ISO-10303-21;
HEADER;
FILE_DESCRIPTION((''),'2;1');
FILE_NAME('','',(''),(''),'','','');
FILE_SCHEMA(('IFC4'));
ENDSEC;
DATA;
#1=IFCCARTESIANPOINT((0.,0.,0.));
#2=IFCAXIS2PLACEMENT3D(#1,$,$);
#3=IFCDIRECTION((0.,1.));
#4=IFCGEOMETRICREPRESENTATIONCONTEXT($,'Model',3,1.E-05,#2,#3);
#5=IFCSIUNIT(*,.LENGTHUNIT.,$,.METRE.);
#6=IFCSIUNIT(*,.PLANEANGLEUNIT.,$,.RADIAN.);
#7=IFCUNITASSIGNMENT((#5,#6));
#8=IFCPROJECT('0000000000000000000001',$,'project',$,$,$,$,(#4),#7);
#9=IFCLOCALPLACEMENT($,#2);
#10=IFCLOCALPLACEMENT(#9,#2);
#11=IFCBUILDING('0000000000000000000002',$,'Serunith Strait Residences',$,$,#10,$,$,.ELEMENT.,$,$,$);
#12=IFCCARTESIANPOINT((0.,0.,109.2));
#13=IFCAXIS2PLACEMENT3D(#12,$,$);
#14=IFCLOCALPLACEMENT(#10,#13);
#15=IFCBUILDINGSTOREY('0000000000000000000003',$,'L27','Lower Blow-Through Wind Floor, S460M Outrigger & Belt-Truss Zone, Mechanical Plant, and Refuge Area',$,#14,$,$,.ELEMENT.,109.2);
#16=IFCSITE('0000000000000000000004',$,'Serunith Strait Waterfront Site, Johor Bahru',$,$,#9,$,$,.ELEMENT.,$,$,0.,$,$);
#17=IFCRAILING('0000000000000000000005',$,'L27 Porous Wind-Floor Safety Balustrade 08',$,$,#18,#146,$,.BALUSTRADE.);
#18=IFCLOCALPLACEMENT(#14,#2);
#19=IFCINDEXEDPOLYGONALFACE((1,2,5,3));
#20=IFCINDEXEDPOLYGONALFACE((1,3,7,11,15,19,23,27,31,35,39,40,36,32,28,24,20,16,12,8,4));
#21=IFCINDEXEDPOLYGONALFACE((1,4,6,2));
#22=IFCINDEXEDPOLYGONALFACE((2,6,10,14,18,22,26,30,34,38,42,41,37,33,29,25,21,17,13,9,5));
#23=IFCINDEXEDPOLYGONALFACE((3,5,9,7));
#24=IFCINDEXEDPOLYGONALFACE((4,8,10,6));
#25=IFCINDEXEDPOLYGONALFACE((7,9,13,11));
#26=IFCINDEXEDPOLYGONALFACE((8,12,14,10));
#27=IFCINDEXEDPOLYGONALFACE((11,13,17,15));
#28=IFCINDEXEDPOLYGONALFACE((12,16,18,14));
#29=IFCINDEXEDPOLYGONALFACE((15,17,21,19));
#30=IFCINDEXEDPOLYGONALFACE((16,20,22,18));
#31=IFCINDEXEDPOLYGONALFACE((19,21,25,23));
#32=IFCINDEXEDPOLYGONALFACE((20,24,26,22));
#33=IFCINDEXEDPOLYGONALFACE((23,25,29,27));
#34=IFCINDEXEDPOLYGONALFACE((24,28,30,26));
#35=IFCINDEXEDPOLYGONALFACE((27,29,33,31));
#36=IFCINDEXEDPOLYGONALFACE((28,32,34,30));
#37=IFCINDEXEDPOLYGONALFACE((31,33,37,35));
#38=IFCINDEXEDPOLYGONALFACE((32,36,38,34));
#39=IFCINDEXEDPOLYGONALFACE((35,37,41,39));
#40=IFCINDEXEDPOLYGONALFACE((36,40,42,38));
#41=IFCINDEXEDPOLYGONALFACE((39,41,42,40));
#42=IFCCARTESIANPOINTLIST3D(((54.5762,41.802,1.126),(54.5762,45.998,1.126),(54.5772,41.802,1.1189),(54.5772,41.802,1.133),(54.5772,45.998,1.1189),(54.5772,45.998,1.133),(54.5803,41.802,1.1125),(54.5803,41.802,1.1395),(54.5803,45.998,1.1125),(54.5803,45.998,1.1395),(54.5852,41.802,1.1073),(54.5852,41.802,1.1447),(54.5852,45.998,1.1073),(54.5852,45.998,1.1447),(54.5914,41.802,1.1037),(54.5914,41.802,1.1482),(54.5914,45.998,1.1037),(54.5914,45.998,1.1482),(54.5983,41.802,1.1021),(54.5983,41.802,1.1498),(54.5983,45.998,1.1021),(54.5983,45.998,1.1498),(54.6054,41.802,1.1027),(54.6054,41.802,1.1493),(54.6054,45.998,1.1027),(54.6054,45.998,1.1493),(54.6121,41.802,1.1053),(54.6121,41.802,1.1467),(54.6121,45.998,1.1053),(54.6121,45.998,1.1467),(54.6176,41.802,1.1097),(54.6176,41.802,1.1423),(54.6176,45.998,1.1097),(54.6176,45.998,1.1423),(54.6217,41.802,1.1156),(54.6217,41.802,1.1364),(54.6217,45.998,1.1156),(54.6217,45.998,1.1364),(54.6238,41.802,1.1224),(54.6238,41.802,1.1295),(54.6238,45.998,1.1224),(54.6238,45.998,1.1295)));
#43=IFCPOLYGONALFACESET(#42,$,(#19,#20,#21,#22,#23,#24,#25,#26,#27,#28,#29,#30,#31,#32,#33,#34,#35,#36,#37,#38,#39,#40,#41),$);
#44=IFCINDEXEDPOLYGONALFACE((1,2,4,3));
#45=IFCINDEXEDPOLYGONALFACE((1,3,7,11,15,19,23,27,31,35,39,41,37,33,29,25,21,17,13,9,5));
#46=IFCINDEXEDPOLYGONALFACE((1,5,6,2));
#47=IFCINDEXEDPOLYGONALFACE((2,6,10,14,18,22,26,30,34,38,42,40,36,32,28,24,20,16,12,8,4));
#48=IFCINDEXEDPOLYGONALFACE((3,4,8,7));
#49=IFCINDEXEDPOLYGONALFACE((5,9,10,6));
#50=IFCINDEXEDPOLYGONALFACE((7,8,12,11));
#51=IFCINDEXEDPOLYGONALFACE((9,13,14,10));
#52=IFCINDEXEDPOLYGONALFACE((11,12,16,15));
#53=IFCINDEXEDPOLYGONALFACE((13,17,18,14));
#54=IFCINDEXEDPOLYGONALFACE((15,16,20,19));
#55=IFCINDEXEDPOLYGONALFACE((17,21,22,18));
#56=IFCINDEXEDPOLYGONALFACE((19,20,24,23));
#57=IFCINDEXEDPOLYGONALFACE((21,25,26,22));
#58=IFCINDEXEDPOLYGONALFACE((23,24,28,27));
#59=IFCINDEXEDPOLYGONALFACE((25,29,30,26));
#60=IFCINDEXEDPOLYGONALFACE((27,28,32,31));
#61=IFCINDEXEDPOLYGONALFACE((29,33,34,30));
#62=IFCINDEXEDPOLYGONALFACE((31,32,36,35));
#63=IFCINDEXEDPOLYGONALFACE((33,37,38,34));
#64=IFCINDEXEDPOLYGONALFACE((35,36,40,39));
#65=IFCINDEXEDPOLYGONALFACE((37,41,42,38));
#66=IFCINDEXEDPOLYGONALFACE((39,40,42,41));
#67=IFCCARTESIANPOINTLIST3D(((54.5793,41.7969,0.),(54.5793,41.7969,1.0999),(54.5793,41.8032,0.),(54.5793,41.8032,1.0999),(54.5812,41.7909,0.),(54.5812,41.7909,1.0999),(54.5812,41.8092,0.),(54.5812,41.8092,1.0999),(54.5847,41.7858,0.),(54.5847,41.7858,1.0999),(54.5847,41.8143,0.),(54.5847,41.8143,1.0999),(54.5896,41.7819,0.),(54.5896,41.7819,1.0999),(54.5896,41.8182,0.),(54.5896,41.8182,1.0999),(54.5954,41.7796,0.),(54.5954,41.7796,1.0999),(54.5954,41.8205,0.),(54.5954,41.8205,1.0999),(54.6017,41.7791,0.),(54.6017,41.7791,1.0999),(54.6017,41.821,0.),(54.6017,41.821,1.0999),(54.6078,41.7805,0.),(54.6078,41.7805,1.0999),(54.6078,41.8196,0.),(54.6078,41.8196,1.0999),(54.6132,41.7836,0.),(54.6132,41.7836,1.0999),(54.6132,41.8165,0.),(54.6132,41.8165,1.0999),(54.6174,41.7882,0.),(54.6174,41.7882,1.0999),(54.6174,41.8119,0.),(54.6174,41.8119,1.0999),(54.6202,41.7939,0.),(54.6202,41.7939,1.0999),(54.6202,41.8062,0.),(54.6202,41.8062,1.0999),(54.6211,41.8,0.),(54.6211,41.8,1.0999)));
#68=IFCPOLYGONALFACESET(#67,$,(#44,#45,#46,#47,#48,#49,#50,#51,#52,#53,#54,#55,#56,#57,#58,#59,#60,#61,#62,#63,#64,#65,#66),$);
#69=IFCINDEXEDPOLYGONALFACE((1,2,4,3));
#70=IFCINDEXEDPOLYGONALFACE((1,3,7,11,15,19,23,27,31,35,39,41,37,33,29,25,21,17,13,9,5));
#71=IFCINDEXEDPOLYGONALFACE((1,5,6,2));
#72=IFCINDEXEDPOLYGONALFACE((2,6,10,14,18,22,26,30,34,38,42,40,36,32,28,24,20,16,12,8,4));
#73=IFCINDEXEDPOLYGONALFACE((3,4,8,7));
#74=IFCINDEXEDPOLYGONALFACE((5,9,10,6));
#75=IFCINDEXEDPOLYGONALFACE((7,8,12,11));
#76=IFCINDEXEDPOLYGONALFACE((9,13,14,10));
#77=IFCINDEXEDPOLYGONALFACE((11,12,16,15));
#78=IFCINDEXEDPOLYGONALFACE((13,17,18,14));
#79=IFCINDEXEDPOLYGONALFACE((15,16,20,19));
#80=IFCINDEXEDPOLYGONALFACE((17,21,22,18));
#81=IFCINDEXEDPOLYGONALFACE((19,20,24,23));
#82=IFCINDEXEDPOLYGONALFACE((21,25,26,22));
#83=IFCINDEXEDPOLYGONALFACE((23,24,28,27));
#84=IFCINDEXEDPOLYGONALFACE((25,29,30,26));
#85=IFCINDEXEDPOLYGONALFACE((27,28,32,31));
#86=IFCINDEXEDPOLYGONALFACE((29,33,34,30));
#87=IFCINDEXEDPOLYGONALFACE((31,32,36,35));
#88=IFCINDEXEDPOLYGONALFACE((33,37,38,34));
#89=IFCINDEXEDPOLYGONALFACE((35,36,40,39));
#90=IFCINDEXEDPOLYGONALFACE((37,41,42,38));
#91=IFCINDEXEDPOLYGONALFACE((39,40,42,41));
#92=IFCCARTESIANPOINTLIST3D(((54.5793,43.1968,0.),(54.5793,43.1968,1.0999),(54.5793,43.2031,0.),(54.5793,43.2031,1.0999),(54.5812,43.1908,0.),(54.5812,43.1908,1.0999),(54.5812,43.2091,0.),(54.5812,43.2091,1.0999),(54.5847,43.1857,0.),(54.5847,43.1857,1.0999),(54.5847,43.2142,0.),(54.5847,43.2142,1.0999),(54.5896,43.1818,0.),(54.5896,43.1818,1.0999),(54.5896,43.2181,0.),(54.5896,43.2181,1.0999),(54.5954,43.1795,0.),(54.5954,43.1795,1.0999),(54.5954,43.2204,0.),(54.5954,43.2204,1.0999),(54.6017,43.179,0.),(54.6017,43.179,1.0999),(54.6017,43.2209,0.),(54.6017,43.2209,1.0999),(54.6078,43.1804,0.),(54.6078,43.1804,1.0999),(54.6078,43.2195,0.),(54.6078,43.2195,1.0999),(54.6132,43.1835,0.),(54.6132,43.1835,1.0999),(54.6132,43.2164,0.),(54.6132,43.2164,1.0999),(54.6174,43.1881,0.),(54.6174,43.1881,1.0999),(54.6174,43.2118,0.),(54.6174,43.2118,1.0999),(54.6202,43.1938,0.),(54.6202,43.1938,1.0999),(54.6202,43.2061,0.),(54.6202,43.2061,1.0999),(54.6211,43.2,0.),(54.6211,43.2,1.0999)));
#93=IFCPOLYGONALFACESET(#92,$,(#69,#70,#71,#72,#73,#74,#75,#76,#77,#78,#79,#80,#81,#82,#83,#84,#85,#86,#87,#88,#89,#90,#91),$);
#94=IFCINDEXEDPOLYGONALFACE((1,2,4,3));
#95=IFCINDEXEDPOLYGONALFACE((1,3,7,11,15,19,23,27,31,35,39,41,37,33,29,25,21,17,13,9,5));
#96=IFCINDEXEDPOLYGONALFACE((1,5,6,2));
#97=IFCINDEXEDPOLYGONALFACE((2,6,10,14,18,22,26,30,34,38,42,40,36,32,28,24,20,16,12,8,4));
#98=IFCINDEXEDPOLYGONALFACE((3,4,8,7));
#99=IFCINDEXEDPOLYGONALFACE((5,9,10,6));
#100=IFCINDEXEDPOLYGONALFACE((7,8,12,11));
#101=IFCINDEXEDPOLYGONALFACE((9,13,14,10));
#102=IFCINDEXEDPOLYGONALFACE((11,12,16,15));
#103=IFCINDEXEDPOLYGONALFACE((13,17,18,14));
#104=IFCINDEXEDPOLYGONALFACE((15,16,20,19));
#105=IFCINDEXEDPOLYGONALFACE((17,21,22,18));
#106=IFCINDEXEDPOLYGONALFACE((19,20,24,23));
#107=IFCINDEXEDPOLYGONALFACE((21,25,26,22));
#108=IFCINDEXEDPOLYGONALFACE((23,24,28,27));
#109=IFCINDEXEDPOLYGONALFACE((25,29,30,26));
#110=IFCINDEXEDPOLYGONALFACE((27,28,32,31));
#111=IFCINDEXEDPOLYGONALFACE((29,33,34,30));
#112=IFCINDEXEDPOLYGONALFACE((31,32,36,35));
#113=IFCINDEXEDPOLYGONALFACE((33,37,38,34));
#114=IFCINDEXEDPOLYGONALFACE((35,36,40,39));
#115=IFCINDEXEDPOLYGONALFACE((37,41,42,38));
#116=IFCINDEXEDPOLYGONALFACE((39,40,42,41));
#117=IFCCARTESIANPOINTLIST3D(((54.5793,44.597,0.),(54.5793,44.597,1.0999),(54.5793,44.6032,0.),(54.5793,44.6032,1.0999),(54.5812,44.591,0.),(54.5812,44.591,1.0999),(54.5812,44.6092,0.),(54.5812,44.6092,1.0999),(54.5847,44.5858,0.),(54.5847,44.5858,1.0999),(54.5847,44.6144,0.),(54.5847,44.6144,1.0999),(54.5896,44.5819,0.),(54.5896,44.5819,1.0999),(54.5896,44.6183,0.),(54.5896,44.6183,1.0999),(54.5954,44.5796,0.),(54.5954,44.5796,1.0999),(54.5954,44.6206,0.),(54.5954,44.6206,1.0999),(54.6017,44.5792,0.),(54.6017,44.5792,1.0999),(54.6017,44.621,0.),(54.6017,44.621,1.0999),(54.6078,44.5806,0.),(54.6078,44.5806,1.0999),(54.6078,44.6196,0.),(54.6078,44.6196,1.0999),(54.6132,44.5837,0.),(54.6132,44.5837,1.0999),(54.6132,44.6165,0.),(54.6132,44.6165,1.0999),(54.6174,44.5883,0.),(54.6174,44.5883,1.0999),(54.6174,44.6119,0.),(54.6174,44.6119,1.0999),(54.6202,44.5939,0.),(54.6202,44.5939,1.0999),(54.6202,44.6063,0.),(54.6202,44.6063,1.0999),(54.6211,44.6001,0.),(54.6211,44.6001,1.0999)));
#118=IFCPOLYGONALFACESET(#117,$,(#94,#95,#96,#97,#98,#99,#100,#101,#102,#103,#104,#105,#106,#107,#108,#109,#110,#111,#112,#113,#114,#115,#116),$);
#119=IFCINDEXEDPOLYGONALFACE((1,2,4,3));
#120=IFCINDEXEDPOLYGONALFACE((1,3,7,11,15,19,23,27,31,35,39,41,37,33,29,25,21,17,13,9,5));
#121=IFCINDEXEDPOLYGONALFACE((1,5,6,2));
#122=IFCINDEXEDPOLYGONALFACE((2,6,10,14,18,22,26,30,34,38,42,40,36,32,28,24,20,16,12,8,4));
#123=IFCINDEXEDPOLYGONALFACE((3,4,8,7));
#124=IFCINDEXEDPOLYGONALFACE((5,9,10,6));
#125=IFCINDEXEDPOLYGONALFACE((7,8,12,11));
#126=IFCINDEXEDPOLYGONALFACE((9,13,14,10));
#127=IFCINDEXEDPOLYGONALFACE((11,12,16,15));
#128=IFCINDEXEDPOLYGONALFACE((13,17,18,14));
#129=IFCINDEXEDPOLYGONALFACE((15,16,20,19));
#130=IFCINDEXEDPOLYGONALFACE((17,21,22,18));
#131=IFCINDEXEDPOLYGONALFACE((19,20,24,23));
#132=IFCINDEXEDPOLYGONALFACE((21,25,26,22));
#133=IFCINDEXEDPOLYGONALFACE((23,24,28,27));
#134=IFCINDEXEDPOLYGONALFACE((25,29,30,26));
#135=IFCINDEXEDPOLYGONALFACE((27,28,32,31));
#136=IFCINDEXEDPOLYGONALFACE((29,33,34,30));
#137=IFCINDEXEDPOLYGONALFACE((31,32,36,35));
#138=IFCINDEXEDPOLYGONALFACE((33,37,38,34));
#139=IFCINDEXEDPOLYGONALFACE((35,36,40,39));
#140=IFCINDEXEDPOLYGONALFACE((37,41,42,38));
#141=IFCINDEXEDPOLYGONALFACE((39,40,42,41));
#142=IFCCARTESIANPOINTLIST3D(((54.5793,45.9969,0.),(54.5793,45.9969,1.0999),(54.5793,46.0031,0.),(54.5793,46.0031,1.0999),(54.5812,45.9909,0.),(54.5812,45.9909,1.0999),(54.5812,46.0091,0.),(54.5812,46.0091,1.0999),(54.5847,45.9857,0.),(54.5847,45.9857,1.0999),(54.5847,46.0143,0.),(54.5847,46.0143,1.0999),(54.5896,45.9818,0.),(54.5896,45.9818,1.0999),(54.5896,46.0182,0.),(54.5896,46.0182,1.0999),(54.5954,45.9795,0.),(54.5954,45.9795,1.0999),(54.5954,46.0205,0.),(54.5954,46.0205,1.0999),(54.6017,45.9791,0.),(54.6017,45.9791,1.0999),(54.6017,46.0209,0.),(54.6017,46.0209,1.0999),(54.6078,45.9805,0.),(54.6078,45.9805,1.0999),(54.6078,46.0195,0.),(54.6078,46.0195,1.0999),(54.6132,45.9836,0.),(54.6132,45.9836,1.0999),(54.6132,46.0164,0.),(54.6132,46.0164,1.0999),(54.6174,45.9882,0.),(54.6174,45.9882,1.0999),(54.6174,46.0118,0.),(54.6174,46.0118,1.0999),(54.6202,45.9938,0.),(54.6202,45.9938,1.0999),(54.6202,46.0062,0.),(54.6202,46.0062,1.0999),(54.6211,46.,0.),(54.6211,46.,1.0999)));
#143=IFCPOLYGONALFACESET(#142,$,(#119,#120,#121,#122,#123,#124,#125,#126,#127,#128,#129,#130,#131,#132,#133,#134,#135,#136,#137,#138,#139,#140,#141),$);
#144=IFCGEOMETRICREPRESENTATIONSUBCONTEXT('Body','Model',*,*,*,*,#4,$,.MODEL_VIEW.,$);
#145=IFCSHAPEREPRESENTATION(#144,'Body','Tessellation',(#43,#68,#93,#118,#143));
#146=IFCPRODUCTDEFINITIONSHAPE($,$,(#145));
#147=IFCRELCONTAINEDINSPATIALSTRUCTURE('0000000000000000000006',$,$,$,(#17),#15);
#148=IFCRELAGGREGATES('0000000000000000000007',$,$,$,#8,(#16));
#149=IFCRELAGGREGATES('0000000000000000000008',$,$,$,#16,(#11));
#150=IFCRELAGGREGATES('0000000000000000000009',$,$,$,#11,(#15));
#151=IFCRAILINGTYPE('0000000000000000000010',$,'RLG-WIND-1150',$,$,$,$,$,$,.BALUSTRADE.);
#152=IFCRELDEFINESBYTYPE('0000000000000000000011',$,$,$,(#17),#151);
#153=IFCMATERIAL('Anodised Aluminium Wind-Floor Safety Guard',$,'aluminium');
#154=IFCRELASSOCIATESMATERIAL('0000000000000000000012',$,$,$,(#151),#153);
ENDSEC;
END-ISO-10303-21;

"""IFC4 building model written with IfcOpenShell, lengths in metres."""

from ifc_helpers import new_model, si_unit, direction, frame, origin, origin_2d, place, context, subcontext, project, spatial, circle, extrude, material, type_object, element, save


model = new_model("IFC4")

# Units and contexts
model_context = context("Model", 3, precision=1e-05, world=origin(), true_north=direction((0.0, 1.0)))
body_context = subcontext(model_context, "Body", "Model", "MODEL_VIEW")
ifc_project = project(units=[si_unit("LENGTHUNIT", "METRE"), si_unit("PLANEANGLEUNIT", "RADIAN")], contexts=[model_context])

# Site, building, storey
site_placement = place(None, origin())
site = spatial("IfcSite", under=ifc_project, at=site_placement, Name="Serunith Strait Waterfront Site, Johor Bahru", CompositionType="ELEMENT", RefElevation=0.0)
building_placement = place(site_placement, origin())
building = spatial("IfcBuilding", under=site, at=building_placement, Name="Serunith Strait Residences", CompositionType="ELEMENT")
storey_placement = place(building_placement, frame((0.0, 0.0, 109.2)))
storey = spatial("IfcBuildingStorey", under=building, at=storey_placement, Name="L27", Description="Lower Blow-Through Wind Floor, S460M Outrigger & Belt-Truss Zone, Mechanical Plant, and Refuge Area", CompositionType="ELEMENT", Elevation=109.2)

# Railing
ifc_material_1 = material(Name="Anodised Aluminium Wind-Floor Safety Guard", Category="aluminium")
railing_type = type_object("IfcRailingType", Name="RLG-WIND-1150", PredefinedType="BALUSTRADE", material=ifc_material_1)
railing_1_placement = place(storey_placement, frame((54.6001, 41.8, 0.0)))
element("IfcRailing", 1, at=railing_1_placement, inside=storey, type_object=railing_type, Name="L27 Porous Wind-Floor Safety Balustrade 08", PredefinedType="BALUSTRADE", context=body_context, shape_type="SweptSolid", body=[
    extrude(circle(Radius=0.0239, at=origin_2d()), frame((0.0, 0.002, 1.126), z_axis=(0.0, 1.0, 0.0), x_axis=(-1.0, 0.0, 0.0)), (0.0, 0.0, 1.0), 4.196),
    extrude(circle(Radius=0.021, at=origin_2d()), origin(), (0.0, 0.0, 1.0), 1.0999),
    extrude(circle(Radius=0.021, at=origin_2d()), frame((0.0, 1.3999, 0.0)), (0.0, 0.0, 1.0), 1.0999),
    extrude(circle(Radius=0.021, at=origin_2d()), frame((0.0, 2.8, 0.0)), (0.0, 0.0, 1.0), 1.0999),
    extrude(circle(Radius=0.021, at=origin_2d()), frame((0.0, 4.2, 0.0)), (0.0, 0.0, 1.0), 1.0999),
])

save(model, "model.ifc")
